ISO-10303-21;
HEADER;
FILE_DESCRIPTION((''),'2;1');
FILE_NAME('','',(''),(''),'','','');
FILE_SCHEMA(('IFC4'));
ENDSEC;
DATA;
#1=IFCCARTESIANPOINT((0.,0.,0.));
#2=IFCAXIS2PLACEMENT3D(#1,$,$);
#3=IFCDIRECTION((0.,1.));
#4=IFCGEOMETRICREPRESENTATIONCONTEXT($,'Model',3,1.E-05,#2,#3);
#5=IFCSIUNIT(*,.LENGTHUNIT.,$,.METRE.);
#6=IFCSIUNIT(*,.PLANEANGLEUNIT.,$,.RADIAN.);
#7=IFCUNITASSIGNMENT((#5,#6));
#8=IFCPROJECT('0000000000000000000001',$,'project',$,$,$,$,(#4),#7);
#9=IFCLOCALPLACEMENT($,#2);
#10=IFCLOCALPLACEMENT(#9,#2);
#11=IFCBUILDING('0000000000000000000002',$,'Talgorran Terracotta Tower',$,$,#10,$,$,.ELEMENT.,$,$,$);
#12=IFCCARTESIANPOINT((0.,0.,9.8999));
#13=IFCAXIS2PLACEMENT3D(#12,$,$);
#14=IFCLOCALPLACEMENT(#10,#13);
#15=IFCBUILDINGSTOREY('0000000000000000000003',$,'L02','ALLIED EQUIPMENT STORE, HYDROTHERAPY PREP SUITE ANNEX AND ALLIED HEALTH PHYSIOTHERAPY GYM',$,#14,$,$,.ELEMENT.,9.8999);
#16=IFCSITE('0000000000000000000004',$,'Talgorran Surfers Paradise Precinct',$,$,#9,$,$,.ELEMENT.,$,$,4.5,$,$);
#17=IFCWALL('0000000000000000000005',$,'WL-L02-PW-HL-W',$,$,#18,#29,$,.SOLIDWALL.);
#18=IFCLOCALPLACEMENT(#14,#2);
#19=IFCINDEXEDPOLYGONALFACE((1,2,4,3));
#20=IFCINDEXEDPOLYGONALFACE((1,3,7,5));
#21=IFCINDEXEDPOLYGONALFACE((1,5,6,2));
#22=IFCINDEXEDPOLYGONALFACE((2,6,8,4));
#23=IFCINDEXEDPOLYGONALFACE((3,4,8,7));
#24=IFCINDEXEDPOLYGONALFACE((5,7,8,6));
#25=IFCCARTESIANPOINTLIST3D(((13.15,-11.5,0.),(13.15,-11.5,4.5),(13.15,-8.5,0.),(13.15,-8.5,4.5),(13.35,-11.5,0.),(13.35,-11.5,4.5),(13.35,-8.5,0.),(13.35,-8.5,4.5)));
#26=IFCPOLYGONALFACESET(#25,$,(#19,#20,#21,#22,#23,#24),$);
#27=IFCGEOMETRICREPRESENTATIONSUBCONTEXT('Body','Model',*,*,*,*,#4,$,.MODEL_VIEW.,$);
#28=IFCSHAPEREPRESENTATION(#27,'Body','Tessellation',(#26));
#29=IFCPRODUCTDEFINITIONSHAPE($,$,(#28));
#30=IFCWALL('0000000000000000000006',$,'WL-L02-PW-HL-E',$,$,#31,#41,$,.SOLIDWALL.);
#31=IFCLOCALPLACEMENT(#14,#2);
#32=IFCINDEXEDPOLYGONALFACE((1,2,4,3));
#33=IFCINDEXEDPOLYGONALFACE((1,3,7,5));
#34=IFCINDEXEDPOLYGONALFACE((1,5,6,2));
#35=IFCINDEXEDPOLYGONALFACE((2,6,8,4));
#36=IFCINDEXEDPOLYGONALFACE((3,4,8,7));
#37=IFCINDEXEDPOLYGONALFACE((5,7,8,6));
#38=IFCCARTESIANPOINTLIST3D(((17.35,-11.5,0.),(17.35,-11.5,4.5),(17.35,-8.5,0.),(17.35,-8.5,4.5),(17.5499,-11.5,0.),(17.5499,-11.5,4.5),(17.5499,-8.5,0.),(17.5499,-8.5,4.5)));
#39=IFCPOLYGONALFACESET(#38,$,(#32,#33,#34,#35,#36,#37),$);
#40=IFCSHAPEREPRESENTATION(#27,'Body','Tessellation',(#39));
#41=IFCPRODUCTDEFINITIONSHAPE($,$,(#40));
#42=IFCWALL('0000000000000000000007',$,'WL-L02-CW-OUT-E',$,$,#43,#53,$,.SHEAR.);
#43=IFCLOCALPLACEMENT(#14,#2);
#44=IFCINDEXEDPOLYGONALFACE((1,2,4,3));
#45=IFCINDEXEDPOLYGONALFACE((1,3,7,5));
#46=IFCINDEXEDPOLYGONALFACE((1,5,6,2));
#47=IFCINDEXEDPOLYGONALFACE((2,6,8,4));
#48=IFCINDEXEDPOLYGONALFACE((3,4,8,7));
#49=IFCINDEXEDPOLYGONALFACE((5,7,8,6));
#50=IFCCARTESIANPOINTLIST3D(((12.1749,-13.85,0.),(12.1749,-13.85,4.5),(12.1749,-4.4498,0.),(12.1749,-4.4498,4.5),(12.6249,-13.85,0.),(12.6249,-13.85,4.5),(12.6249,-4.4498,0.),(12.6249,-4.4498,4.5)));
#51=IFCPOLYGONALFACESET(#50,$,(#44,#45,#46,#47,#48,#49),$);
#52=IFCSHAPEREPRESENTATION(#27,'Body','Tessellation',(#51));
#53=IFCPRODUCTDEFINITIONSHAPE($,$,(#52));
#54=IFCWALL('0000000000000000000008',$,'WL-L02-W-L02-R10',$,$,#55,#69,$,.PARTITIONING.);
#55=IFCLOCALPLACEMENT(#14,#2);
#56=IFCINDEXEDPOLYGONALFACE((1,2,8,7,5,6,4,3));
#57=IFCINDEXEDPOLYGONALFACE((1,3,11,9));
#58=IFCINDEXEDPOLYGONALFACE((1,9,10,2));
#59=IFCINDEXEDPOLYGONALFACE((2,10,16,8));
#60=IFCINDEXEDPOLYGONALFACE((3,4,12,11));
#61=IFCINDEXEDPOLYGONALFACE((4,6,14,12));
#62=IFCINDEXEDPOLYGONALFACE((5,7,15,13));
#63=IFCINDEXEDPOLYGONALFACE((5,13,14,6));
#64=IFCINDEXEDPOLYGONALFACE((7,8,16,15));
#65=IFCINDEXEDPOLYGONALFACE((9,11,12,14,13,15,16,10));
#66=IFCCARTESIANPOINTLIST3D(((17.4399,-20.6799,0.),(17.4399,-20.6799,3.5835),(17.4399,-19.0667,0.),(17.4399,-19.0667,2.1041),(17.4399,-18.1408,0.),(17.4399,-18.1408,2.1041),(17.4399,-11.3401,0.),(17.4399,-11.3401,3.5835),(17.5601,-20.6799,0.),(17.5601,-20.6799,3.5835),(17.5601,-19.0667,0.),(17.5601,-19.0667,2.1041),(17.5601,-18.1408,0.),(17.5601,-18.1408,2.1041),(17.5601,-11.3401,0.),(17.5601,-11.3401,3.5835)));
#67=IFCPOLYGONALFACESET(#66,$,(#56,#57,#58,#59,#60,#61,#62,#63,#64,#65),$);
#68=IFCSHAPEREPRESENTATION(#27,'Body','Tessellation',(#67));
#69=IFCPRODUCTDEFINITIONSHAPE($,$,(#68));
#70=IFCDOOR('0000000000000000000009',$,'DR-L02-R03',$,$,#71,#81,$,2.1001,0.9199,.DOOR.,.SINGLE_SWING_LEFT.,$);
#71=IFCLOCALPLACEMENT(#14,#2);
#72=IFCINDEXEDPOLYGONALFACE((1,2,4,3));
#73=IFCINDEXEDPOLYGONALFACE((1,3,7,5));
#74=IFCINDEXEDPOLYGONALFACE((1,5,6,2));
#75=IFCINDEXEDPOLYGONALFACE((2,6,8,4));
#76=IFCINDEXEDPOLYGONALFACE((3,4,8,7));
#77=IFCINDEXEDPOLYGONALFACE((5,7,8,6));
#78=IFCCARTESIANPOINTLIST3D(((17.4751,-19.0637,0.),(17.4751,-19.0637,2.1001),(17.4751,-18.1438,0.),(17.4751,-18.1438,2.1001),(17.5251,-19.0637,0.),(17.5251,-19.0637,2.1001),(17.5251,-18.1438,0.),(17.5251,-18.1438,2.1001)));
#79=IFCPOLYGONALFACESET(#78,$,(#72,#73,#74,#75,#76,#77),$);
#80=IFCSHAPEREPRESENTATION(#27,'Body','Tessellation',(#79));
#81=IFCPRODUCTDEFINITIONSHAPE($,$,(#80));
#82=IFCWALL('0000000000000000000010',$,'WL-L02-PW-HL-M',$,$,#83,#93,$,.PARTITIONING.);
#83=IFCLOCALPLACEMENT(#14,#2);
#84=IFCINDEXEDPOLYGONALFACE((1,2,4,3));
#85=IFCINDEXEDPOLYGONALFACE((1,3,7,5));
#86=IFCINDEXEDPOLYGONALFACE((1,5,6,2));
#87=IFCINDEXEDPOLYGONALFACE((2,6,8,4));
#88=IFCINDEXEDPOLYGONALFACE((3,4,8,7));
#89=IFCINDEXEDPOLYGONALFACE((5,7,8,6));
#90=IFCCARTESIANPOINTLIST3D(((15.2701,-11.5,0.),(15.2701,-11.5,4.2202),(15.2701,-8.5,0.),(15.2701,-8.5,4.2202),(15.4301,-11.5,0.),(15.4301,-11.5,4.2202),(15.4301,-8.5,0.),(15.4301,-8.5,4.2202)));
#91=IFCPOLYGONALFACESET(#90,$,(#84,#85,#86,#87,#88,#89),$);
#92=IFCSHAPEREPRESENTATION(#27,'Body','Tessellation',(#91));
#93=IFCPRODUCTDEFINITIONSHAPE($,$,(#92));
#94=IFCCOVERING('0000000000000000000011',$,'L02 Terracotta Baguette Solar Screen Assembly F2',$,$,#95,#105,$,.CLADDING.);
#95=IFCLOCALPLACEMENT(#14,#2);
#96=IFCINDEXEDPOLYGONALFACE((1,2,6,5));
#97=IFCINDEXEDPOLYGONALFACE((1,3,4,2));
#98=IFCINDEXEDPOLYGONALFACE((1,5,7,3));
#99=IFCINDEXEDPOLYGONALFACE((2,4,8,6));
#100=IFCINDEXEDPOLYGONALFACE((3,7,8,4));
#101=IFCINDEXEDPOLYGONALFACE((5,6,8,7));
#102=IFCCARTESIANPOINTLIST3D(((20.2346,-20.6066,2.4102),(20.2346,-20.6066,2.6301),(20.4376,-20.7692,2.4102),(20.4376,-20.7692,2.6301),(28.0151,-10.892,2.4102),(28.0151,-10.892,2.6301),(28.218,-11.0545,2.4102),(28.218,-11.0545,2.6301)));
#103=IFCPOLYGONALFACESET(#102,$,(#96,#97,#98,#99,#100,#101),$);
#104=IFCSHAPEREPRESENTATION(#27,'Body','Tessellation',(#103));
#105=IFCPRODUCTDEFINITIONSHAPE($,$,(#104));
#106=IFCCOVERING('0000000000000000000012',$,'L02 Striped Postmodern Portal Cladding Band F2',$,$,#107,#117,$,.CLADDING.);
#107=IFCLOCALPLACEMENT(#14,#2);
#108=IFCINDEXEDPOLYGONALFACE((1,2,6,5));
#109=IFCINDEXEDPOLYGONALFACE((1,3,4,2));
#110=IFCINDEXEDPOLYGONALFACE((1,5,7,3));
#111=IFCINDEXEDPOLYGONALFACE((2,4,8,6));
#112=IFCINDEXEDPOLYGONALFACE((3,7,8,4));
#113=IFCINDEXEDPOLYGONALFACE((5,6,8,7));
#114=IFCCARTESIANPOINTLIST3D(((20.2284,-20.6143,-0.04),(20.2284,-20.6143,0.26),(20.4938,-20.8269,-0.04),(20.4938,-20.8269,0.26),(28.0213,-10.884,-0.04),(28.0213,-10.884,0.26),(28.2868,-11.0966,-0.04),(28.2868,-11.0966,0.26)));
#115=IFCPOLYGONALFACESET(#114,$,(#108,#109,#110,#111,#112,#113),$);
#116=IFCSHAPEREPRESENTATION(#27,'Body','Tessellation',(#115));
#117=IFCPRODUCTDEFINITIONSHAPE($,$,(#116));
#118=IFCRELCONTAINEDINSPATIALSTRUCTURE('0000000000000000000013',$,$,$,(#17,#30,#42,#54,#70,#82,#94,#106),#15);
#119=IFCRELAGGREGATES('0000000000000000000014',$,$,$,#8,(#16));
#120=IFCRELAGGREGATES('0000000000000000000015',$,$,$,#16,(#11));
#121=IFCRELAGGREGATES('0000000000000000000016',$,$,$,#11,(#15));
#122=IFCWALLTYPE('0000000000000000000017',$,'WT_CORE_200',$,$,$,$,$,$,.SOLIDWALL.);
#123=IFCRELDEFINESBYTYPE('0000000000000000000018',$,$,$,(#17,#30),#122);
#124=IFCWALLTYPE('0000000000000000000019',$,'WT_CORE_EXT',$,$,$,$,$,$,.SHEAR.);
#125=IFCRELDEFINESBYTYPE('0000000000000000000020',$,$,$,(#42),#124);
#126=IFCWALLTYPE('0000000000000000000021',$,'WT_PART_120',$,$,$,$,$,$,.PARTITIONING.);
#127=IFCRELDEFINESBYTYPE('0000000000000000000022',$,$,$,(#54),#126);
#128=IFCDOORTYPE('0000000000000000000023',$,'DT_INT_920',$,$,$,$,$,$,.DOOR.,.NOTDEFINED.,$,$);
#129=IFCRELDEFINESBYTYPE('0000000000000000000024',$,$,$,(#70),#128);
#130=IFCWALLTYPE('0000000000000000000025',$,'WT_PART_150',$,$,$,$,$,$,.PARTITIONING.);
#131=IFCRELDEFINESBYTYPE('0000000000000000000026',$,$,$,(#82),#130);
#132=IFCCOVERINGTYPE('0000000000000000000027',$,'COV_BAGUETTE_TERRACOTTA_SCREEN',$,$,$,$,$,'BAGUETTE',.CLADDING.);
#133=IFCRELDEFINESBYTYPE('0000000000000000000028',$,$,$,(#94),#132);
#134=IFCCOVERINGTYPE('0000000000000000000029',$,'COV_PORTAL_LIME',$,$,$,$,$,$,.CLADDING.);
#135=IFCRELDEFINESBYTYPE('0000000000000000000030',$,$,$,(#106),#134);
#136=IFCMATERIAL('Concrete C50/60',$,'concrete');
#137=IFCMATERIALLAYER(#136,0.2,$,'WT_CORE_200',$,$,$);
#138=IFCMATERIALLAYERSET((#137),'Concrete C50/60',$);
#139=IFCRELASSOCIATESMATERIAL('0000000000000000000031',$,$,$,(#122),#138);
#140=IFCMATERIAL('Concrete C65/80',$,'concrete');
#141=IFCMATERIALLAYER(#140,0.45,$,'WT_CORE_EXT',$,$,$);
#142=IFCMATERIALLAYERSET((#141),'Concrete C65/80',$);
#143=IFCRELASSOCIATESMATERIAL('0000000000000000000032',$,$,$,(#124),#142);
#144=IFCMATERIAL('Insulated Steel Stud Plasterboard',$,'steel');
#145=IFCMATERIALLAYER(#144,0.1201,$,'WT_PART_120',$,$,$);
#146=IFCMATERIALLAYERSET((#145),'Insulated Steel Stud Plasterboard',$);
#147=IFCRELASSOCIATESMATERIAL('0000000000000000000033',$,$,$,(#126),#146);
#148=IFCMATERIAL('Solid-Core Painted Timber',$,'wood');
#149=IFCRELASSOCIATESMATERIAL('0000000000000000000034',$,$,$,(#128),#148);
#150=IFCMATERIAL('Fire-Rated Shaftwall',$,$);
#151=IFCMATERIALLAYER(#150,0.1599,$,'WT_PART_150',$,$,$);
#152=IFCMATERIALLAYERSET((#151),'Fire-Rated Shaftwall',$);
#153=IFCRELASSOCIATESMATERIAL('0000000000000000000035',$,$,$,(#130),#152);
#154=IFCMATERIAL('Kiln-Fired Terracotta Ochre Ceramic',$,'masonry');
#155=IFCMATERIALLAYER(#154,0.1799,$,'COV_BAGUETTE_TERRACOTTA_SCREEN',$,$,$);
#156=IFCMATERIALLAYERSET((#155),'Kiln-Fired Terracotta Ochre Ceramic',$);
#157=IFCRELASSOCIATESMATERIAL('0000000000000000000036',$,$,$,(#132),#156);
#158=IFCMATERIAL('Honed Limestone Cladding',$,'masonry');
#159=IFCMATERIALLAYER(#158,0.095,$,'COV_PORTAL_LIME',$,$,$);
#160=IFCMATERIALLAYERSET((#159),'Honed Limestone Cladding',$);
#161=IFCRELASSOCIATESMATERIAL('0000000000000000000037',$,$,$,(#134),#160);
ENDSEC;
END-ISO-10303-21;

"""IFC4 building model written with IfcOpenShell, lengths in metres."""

from ifc_helpers import new_model, si_unit, direction, frame, frame_2d, origin, origin_2d, place, context, subcontext, project, spatial, rectangle, extrude, material, layer, layer_set, type_object, element, fill, save


model = new_model("IFC4")

# Units and contexts
model_context = context("Model", 3, precision=1e-05, world=origin(), true_north=direction((0.0, 1.0)))
body_context = subcontext(model_context, "Body", "Model", "MODEL_VIEW")
ifc_project = project(units=[si_unit("LENGTHUNIT", "METRE"), si_unit("PLANEANGLEUNIT", "RADIAN")], contexts=[model_context])

# Site, building, storey
site_placement = place(None, origin())
site = spatial("IfcSite", under=ifc_project, at=site_placement, Name="Talgorran Surfers Paradise Precinct", CompositionType="ELEMENT", RefElevation=4.5)
building_placement = place(site_placement, origin())
building = spatial("IfcBuilding", under=site, at=building_placement, Name="Talgorran Terracotta Tower", CompositionType="ELEMENT")
storey_placement = place(building_placement, frame((0.0, 0.0, 9.8999)))
storey = spatial("IfcBuildingStorey", under=building, at=storey_placement, Name="L02", Description="ALLIED EQUIPMENT STORE, HYDROTHERAPY PREP SUITE ANNEX AND ALLIED HEALTH PHYSIOTHERAPY GYM", CompositionType="ELEMENT", Elevation=9.8999)

# Walls
ifc_material_1 = material(Name="Concrete C50/60", Category="concrete")
ifc_layer_1 = layer(ifc_material_1, 0.2, Name="WT_CORE_200")
ifc_layer_set_1 = layer_set([ifc_layer_1], Name="Concrete C50/60")
wall_type_1 = type_object("IfcWallType", Name="WT_CORE_200", PredefinedType="SOLIDWALL", material=ifc_layer_set_1)
for number, where, z_axis, x_axis, name in (
    (1, (13.25, -11.5, 0.0), (0.0, 0.0, 1.0), (0.0, 1.0, 0.0), "WL-L02-PW-HL-W"),
    (2, (17.45, -11.5, 0.0), (0.0, 0.0, 1.0), (0.0, 1.0, 0.0), "WL-L02-PW-HL-E"),
):
    element("IfcWall", number, at=place(storey_placement, frame(where, z_axis=z_axis, x_axis=x_axis)), inside=storey, type_object=wall_type_1, Name=name, PredefinedType="SOLIDWALL", context=body_context, shape_type="SweptSolid", body=[
        extrude(rectangle(XDim=3.0, YDim=0.2, at=frame_2d((1.5, 0.0))), origin(), (0.0, 0.0, 1.0), 4.5),
    ])
ifc_material_2 = material(Name="Concrete C65/80", Category="concrete")
ifc_layer_2 = layer(ifc_material_2, 0.45, Name="WT_CORE_EXT")
ifc_layer_set_2 = layer_set([ifc_layer_2], Name="Concrete C65/80")
wall_type_2 = type_object("IfcWallType", Name="WT_CORE_EXT", PredefinedType="SHEAR", material=ifc_layer_set_2)
wall_1_placement = place(storey_placement, frame((12.3999, -13.8501, 0.0), z_axis=(0.0, 0.0, 1.0), x_axis=(0.0, 1.0, 0.0)))
element("IfcWall", 3, at=wall_1_placement, inside=storey, type_object=wall_type_2, Name="WL-L02-CW-OUT-E", PredefinedType="SHEAR", context=body_context, shape_type="SweptSolid", body=[
    extrude(rectangle(XDim=9.4001, YDim=0.45, at=frame_2d((4.7002, 0.0))), origin(), (0.0, 0.0, 1.0), 4.5),
])

# Wall, opening, door
ifc_material_3 = material(Name="Insulated Steel Stud Plasterboard", Category="steel")
ifc_layer_3 = layer(ifc_material_3, 0.1201, Name="WT_PART_120")
ifc_layer_set_3 = layer_set([ifc_layer_3], Name="Insulated Steel Stud Plasterboard")
wall_type_3 = type_object("IfcWallType", Name="WT_PART_120", PredefinedType="PARTITIONING", material=ifc_layer_set_3)
wall_2_placement = place(storey_placement, frame((17.5, -20.6799, 0.0), z_axis=(0.0, 0.0, 1.0), x_axis=(0.0, 1.0, 0.0)))
wall_2 = element("IfcWall", 4, at=wall_2_placement, inside=storey, type_object=wall_type_3, Name="WL-L02-W-L02-R10", PredefinedType="PARTITIONING", context=body_context, shape_type="SweptSolid", body=[
    extrude(rectangle(XDim=9.3398, YDim=0.1201, at=frame_2d((4.6699, 0.0))), origin(), (0.0, 0.0, 1.0), 3.5835),
])
opening_placement = place(wall_2_placement, frame((1.6162, 0.0, 0.0)))
opening = element("IfcOpeningElement", 5, at=opening_placement, cuts=wall_2, PredefinedType="OPENING", context=body_context, shape_type="SweptSolid", body=[
    extrude(rectangle(XDim=0.9259, YDim=2.1041, at=frame_2d((0.46, 1.052))), frame((0.0, 0.0701, 0.0), z_axis=(0.0, -1.0, 0.0), x_axis=(1.0, 0.0, 0.0)), (0.0, 0.0, 1.0), 0.1401),
])
ifc_material_4 = material(Name="Solid-Core Painted Timber", Category="wood")
door_type = type_object("IfcDoorType", Name="DT_INT_920", OperationType="NOTDEFINED", PredefinedType="DOOR", material=ifc_material_4)
door_placement = place(opening_placement, origin())
door = element("IfcDoor", 6, at=door_placement, inside=storey, type_object=door_type, Name="DR-L02-R03", OperationType="SINGLE_SWING_LEFT", OverallHeight=2.1001, OverallWidth=0.9199, PredefinedType="DOOR", context=body_context, shape_type="SweptSolid", body=[
    extrude(rectangle(XDim=0.9199, YDim=2.1001, at=frame_2d((0.46, 1.05))), frame((0.0, 0.0249, 0.0), z_axis=(0.0, -1.0, 0.0), x_axis=(1.0, 0.0, 0.0)), (0.0, 0.0, 1.0), 0.05),
])
fill(opening, door)

# Wall
ifc_material_5 = material(Name="Fire-Rated Shaftwall")
ifc_layer_4 = layer(ifc_material_5, 0.1599, Name="WT_PART_150")
ifc_layer_set_4 = layer_set([ifc_layer_4], Name="Fire-Rated Shaftwall")
wall_type_4 = type_object("IfcWallType", Name="WT_PART_150", PredefinedType="PARTITIONING", material=ifc_layer_set_4)
wall_3_placement = place(storey_placement, frame((15.3501, -11.5, 0.0), z_axis=(0.0, 0.0, 1.0), x_axis=(0.0, 1.0, 0.0)))
element("IfcWall", 7, at=wall_3_placement, inside=storey, type_object=wall_type_4, Name="WL-L02-PW-HL-M", PredefinedType="PARTITIONING", context=body_context, shape_type="SweptSolid", body=[
    extrude(rectangle(XDim=3.0, YDim=0.1599, at=frame_2d((1.5, 0.0))), origin(), (0.0, 0.0, 1.0), 4.2202),
])

# Coverings
ifc_material_6 = material(Name="Kiln-Fired Terracotta Ochre Ceramic", Category="masonry")
ifc_layer_5 = layer(ifc_material_6, 0.1799, Name="COV_BAGUETTE_TERRACOTTA_SCREEN")
ifc_layer_set_5 = layer_set([ifc_layer_5], Name="Kiln-Fired Terracotta Ochre Ceramic")
covering_type_1 = type_object("IfcCoveringType", Name="COV_BAGUETTE_TERRACOTTA_SCREEN", ElementType="BAGUETTE", PredefinedType="CLADDING", material=ifc_layer_set_5)
covering_1_placement = place(storey_placement, frame((24.2263, -15.8306, 2.4102), z_axis=(0.0, 0.0, 1.0), x_axis=(0.62512, 0.780529, 0.0)))
element("IfcCovering", 8, at=covering_1_placement, inside=storey, type_object=covering_type_1, Name="L02 Terracotta Baguette Solar Screen Assembly F2", PredefinedType="CLADDING", context=body_context, shape_type="SweptSolid", body=[
    extrude(rectangle(XDim=12.4463, YDim=0.26, at=origin_2d()), origin(), (0.0, 0.0, 1.0), 0.22),
])
ifc_material_7 = material(Name="Honed Limestone Cladding", Category="masonry")
ifc_layer_6 = layer(ifc_material_7, 0.095, Name="COV_PORTAL_LIME")
ifc_layer_set_6 = layer_set([ifc_layer_6], Name="Honed Limestone Cladding")
covering_type_2 = type_object("IfcCoveringType", Name="COV_PORTAL_LIME", PredefinedType="CLADDING", material=ifc_layer_set_6)
covering_2_placement = place(storey_placement, frame((24.2576, -15.8555, -0.04), z_axis=(0.0, 0.0, 1.0), x_axis=(0.62512, 0.780529, 0.0)))
element("IfcCovering", 9, at=covering_2_placement, inside=storey, type_object=covering_type_2, Name="L02 Striped Postmodern Portal Cladding Band F2", PredefinedType="CLADDING", context=body_context, shape_type="SweptSolid", body=[
    extrude(rectangle(XDim=12.4663, YDim=0.3401, at=origin_2d()), origin(), (0.0, 0.0, 1.0), 0.3),
])

save(model, "model.ifc")
